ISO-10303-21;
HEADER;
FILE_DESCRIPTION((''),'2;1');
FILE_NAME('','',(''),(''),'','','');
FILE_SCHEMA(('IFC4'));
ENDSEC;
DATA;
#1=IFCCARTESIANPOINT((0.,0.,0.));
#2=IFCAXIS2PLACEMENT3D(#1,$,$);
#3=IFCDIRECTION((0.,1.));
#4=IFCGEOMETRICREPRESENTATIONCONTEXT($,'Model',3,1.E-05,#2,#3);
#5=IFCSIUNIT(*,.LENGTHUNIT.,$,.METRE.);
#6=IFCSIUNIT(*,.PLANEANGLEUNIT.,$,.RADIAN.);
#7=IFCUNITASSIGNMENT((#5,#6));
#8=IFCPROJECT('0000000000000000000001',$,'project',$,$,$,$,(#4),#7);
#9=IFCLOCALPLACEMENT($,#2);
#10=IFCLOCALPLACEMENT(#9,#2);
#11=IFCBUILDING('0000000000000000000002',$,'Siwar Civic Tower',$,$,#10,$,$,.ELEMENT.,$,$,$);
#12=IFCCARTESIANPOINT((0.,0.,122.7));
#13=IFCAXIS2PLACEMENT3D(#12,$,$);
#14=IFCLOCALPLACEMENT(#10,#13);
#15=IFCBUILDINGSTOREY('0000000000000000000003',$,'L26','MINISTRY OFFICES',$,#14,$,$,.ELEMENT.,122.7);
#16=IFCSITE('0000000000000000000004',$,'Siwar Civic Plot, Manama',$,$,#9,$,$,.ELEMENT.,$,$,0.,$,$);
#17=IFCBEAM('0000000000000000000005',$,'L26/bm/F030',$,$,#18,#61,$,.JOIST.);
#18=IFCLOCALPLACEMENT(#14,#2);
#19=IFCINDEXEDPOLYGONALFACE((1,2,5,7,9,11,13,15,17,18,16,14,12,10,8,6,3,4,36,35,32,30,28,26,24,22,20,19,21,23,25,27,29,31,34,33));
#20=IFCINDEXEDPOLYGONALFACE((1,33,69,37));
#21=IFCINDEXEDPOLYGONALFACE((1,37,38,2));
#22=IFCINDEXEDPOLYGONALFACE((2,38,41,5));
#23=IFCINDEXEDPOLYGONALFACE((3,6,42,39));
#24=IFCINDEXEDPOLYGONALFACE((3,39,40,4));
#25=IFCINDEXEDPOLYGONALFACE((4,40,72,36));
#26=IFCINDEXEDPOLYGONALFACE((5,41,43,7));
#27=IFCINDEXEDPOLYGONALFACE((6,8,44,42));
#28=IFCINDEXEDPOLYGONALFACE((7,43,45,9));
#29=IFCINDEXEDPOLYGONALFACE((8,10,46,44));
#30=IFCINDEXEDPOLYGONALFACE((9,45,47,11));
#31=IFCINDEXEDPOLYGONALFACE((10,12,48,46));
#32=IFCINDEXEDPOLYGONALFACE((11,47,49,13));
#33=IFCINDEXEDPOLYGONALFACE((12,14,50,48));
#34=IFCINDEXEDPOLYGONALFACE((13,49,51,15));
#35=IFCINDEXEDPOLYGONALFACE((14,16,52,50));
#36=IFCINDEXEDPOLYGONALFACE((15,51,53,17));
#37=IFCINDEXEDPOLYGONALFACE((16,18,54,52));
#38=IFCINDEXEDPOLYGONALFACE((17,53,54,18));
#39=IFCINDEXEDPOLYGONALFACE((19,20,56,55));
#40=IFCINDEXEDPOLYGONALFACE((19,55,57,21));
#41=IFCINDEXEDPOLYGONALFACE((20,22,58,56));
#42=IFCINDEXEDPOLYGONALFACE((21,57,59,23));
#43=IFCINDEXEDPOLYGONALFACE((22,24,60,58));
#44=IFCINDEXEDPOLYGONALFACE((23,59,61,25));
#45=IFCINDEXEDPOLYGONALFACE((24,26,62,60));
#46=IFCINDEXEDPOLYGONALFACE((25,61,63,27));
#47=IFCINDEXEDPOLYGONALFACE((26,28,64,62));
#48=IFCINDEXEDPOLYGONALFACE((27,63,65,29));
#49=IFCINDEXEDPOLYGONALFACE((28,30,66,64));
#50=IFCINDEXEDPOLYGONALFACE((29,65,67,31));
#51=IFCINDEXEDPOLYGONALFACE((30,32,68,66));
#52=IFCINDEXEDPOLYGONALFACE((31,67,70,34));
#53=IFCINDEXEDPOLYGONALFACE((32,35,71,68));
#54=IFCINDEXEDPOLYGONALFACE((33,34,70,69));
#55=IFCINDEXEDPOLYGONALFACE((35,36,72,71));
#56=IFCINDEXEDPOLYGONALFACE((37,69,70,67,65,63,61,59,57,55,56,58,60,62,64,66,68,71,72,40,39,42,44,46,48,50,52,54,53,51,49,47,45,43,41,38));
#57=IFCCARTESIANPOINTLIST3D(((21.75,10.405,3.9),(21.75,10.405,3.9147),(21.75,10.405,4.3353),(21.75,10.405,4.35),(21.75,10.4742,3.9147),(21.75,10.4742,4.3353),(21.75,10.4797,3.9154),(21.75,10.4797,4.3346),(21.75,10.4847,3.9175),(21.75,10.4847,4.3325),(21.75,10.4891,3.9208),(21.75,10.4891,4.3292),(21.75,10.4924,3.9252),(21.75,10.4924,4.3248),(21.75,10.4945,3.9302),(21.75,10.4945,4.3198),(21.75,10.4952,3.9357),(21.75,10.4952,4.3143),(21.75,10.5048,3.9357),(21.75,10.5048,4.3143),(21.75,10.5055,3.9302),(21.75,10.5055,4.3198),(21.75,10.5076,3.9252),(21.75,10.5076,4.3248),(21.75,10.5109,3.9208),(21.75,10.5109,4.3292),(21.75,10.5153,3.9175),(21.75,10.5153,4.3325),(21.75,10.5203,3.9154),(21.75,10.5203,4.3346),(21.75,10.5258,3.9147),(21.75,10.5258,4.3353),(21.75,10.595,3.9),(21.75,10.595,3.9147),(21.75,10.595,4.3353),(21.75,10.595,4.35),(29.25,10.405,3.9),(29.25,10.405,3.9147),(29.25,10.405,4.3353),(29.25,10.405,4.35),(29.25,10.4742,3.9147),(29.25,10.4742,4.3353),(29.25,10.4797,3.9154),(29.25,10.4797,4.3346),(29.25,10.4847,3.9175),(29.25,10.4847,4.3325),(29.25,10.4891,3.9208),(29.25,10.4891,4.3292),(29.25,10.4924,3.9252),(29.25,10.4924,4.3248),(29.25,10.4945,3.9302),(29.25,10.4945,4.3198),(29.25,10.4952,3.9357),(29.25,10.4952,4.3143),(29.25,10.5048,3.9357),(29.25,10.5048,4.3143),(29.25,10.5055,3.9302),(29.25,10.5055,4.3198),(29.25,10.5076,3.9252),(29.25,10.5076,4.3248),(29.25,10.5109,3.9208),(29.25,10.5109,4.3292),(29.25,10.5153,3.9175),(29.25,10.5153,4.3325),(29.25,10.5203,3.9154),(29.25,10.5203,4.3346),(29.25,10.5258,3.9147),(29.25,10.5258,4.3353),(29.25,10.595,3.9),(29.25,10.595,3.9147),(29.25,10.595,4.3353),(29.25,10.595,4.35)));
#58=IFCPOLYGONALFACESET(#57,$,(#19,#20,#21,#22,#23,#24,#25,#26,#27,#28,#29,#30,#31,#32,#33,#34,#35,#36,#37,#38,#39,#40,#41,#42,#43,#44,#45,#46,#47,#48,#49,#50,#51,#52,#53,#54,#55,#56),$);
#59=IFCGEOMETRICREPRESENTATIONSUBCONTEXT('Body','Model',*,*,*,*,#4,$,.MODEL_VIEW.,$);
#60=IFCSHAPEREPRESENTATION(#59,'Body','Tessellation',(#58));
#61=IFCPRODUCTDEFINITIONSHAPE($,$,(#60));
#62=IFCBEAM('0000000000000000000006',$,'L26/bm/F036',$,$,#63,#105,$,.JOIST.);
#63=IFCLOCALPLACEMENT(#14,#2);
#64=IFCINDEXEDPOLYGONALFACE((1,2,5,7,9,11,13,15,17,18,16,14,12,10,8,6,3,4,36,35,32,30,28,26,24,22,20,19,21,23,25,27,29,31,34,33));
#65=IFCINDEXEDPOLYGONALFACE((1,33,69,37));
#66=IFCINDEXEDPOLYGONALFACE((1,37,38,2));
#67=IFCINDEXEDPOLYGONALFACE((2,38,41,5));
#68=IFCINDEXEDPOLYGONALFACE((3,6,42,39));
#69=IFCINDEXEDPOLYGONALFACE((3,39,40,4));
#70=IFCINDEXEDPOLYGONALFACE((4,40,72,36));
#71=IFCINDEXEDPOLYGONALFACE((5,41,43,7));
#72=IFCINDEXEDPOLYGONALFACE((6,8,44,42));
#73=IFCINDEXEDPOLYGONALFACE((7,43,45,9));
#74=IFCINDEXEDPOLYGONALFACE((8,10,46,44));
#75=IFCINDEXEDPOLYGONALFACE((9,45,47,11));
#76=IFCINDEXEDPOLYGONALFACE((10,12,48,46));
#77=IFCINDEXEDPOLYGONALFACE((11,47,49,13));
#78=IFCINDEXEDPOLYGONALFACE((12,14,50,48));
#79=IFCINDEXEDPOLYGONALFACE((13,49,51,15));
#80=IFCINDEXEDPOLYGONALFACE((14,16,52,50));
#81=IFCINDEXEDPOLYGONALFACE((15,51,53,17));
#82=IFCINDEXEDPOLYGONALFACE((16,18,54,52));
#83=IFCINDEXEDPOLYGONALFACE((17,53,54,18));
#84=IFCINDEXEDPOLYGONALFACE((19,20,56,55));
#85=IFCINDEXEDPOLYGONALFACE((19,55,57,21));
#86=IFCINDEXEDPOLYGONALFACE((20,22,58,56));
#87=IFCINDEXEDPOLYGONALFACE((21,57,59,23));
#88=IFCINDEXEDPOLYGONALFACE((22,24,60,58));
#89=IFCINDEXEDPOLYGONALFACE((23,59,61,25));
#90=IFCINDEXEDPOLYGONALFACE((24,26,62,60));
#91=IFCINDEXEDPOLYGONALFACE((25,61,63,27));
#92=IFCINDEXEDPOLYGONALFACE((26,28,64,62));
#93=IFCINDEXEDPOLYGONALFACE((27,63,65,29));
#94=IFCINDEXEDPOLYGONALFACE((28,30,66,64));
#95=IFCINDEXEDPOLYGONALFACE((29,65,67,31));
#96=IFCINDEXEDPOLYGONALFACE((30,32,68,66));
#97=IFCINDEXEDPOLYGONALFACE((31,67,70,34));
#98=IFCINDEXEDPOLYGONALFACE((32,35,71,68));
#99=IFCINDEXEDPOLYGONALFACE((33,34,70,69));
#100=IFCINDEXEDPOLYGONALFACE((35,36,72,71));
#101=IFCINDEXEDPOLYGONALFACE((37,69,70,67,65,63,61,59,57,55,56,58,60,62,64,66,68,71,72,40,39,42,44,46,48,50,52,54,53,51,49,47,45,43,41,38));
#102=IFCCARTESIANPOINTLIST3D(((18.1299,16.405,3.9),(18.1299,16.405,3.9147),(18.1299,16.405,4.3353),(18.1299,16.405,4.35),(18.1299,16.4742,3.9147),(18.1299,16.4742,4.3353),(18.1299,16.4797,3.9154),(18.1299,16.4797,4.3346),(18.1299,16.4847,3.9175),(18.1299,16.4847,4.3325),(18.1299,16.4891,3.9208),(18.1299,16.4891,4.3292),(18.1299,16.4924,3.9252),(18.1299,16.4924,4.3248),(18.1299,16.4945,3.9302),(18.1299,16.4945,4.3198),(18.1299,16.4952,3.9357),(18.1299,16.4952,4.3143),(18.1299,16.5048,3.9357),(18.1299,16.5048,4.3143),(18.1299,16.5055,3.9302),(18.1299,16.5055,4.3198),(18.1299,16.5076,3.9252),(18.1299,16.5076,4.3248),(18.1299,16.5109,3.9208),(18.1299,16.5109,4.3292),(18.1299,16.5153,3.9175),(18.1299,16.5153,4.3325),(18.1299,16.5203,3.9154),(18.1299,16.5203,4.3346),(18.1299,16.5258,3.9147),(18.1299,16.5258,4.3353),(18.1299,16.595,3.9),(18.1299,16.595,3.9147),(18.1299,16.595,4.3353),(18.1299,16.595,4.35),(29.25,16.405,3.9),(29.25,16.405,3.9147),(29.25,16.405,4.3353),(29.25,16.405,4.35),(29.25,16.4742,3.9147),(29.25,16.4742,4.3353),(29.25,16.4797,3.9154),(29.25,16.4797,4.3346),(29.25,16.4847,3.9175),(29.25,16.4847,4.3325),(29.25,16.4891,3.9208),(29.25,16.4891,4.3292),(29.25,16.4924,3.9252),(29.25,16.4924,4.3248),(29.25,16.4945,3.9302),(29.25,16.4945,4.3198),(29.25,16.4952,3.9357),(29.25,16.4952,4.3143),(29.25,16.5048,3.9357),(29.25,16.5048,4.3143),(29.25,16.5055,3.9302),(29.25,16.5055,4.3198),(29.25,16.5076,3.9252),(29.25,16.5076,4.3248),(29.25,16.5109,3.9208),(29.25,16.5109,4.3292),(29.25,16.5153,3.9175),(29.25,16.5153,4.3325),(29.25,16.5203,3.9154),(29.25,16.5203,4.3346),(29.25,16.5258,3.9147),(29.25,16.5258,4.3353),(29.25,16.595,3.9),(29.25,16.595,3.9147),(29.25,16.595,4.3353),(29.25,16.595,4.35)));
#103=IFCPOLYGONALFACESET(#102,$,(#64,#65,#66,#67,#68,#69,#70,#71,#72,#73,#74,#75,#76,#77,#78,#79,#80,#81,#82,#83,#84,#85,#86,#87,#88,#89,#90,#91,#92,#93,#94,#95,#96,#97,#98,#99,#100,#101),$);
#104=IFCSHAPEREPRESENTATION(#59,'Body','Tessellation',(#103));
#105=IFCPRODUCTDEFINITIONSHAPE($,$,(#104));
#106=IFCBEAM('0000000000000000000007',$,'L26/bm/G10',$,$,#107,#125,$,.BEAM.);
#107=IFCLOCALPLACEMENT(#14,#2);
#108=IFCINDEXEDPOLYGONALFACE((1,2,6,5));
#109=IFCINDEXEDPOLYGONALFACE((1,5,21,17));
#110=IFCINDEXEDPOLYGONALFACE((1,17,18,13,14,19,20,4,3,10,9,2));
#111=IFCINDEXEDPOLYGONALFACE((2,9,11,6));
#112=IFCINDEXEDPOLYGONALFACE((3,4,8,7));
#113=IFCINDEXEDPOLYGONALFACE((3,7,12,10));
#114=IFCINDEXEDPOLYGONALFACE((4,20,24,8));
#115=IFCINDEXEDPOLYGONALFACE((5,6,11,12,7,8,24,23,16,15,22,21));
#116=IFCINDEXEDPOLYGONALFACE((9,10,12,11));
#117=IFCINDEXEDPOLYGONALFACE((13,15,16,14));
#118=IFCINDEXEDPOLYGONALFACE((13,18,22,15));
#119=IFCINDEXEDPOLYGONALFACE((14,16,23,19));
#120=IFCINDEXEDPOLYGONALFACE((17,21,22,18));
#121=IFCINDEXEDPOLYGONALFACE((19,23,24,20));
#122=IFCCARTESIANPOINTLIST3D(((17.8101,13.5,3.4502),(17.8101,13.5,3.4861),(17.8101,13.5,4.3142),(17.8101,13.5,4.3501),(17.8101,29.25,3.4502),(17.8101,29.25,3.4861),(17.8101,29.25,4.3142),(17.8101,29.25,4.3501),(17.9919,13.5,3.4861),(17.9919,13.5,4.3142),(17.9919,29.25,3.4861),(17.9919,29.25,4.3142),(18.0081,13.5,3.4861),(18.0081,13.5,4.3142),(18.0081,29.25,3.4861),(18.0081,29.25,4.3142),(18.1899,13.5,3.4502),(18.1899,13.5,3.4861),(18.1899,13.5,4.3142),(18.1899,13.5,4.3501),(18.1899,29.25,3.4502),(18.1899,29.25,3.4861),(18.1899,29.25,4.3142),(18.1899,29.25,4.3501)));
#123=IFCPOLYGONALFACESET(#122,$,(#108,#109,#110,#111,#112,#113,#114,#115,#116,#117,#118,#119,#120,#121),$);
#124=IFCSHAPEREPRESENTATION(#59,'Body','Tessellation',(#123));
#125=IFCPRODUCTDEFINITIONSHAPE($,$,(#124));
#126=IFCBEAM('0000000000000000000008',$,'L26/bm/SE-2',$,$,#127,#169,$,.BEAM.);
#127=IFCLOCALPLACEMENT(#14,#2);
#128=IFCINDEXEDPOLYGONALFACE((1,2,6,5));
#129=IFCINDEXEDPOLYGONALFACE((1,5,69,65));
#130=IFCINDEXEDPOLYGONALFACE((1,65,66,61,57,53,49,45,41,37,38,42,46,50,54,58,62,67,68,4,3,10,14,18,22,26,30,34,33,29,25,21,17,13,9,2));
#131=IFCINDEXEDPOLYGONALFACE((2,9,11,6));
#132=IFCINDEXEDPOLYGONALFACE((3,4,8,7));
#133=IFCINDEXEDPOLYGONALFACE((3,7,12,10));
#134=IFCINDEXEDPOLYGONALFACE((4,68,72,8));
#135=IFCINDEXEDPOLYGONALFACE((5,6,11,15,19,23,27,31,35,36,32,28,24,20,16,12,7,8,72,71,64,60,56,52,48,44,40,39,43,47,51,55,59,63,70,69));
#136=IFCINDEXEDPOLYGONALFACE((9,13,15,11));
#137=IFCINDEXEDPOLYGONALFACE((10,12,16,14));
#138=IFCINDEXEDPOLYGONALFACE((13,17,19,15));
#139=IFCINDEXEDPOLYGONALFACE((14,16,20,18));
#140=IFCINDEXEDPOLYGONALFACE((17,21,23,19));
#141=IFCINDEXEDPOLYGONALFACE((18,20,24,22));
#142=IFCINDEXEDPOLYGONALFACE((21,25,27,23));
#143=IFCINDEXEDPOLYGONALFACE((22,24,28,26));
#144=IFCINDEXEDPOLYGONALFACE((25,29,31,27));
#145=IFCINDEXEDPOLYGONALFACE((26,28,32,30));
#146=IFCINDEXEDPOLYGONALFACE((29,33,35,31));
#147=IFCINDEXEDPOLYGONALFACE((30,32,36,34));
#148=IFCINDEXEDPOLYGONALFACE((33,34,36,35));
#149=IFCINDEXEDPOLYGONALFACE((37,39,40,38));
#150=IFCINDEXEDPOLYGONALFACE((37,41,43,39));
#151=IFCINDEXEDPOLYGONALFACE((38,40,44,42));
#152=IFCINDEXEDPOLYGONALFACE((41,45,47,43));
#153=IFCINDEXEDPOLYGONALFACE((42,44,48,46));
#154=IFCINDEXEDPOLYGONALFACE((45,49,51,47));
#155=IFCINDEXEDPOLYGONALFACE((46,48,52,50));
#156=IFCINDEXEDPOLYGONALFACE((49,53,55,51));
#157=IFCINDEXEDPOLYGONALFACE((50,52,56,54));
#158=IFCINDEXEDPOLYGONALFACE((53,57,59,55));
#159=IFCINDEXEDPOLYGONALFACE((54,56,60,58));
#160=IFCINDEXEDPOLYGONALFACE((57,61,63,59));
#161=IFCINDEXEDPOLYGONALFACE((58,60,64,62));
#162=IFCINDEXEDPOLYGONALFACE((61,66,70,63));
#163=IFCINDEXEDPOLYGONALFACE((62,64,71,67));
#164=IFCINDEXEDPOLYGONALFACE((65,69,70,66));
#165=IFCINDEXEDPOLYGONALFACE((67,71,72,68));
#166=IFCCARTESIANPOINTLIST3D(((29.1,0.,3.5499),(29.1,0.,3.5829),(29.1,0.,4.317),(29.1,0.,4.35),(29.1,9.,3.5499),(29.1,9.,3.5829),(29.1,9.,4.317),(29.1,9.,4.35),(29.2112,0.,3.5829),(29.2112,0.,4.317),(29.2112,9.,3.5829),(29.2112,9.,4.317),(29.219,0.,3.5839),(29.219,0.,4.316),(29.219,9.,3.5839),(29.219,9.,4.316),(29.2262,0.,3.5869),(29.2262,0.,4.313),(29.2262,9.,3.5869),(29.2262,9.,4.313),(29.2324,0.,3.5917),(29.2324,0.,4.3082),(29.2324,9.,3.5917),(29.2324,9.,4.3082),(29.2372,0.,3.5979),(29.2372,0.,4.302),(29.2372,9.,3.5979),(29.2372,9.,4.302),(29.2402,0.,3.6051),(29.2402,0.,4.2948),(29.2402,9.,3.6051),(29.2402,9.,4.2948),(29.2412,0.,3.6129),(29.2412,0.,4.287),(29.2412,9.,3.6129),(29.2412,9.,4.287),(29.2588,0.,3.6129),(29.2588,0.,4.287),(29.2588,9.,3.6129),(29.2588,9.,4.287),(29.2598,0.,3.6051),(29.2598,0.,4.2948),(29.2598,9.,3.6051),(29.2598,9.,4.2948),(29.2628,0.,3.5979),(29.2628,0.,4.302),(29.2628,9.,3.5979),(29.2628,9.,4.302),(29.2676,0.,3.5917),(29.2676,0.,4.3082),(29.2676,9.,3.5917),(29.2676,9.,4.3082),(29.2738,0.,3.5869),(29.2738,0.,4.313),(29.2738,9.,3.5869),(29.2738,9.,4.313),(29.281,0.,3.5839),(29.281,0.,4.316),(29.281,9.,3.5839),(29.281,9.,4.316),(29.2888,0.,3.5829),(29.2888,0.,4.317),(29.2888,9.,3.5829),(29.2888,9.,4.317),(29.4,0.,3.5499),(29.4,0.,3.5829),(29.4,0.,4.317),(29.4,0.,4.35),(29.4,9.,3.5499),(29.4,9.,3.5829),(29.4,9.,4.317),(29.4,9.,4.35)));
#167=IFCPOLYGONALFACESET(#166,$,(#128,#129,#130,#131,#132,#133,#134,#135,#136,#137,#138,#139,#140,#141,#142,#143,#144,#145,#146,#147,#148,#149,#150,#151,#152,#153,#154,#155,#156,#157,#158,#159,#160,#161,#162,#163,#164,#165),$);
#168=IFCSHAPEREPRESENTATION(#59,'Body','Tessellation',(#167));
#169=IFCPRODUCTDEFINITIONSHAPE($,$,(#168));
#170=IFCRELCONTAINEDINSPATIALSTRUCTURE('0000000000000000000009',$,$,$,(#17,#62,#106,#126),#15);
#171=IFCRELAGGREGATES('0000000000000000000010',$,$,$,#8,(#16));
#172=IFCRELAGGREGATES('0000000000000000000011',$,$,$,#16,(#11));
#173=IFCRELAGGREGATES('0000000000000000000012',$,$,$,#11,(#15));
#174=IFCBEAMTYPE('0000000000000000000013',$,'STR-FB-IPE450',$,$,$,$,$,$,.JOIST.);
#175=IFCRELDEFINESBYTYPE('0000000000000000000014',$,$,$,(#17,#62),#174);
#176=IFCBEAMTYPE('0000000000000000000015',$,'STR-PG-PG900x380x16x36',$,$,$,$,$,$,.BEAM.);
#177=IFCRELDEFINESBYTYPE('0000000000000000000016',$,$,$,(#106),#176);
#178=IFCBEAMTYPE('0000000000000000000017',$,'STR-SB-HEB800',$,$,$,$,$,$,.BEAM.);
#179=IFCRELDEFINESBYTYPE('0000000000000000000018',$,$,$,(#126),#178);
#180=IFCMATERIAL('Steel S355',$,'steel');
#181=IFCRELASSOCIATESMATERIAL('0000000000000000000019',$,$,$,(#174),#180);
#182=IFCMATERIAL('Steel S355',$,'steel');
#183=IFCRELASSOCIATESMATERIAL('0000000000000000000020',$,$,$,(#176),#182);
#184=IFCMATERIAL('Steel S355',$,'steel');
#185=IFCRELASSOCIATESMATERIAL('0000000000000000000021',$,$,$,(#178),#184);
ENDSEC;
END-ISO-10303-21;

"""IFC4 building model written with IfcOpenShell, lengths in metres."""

from ifc_helpers import new_model, si_unit, direction, frame, origin, origin_2d, place, context, subcontext, project, spatial, i_section, extrude, material, material_profile, profile_set, type_object, element, save


model = new_model("IFC4")

# Units and contexts
model_context = context("Model", 3, precision=1e-05, world=origin(), true_north=direction((0.0, 1.0)))
body_context = subcontext(model_context, "Body", "Model", "MODEL_VIEW")
ifc_project = project(units=[si_unit("LENGTHUNIT", "METRE"), si_unit("PLANEANGLEUNIT", "RADIAN")], contexts=[model_context])

# Site, building, storey
site_placement = place(None, origin())
site = spatial("IfcSite", under=ifc_project, at=site_placement, Name="Siwar Civic Plot, Manama", CompositionType="ELEMENT", RefElevation=0.0)
building_placement = place(site_placement, origin())
building = spatial("IfcBuilding", under=site, at=building_placement, Name="Siwar Civic Tower", CompositionType="ELEMENT")
storey_placement = place(building_placement, frame((0.0, 0.0, 122.7)))
storey = spatial("IfcBuildingStorey", under=building, at=storey_placement, Name="L26", Description="MINISTRY OFFICES", CompositionType="ELEMENT", Elevation=122.7)

# Beams
ifc_material_1 = material(Name="Steel S355", Category="steel")
ifc_material_profile_1 = material_profile(ifc_material_1, i_section(OverallWidth=0.1899, OverallDepth=0.45, WebThickness=0.0095, FlangeThickness=0.0146, FilletRadius=0.021, at=origin_2d()), Name="IPE450")
ifc_profile_set_1 = profile_set([ifc_material_profile_1], Name="Steel S355")
beam_type_1 = type_object("IfcBeamType", Name="STR-FB-IPE450", PredefinedType="JOIST", material=ifc_profile_set_1)
for number, where, z_axis, x_axis, name in (
    (1, (21.75, 10.5, 4.125), (1.0, 0.0, 0.0), (0.0, 1.0, 0.0), "L26/bm/F030"),
):
    element("IfcBeam", number, at=place(storey_placement, frame(where, z_axis=z_axis, x_axis=x_axis)), inside=storey, type_object=beam_type_1, Name=name, PredefinedType="JOIST", context=body_context, shape_type="SweptSolid", body=[
        extrude(i_section(OverallWidth=0.1899, OverallDepth=0.45, WebThickness=0.0095, FlangeThickness=0.0146, FilletRadius=0.021, at=origin_2d()), origin(), (0.0, 0.0, 1.0), 7.5),
    ])
beam_1_placement = place(storey_placement, frame((18.1299, 16.5, 4.125), z_axis=(1.0, 0.0, 0.0), x_axis=(0.0, 1.0, 0.0)))
element("IfcBeam", 2, at=beam_1_placement, inside=storey, type_object=beam_type_1, Name="L26/bm/F036", PredefinedType="JOIST", context=body_context, shape_type="SweptSolid", body=[
    extrude(i_section(OverallWidth=0.1899, OverallDepth=0.45, WebThickness=0.0095, FlangeThickness=0.0146, FilletRadius=0.021, at=origin_2d()), origin(), (0.0, 0.0, 1.0), 11.1201),
])
ifc_material_2 = material(Name="Steel S355", Category="steel")
ifc_material_profile_2 = material_profile(ifc_material_2, i_section(OverallWidth=0.3799, OverallDepth=0.8999, WebThickness=0.0161, FlangeThickness=0.0359, at=origin_2d()), Name="PG900x380x16x36")
ifc_profile_set_2 = profile_set([ifc_material_profile_2], Name="Steel S355")
beam_type_2 = type_object("IfcBeamType", Name="STR-PG-PG900x380x16x36", PredefinedType="BEAM", material=ifc_profile_set_2)
beam_2_placement = place(storey_placement, frame((18.0, 13.5, 3.9001), z_axis=(0.0, 1.0, 0.0), x_axis=(-1.0, 0.0, 0.0)))
element("IfcBeam", 3, at=beam_2_placement, inside=storey, type_object=beam_type_2, Name="L26/bm/G10", PredefinedType="BEAM", context=body_context, shape_type="SweptSolid", body=[
    extrude(i_section(OverallWidth=0.3799, OverallDepth=0.8999, WebThickness=0.0161, FlangeThickness=0.0359, at=origin_2d()), origin(), (0.0, 0.0, 1.0), 15.75),
])
ifc_material_3 = material(Name="Steel S355", Category="steel")
ifc_material_profile_3 = material_profile(ifc_material_3, i_section(OverallWidth=0.3, OverallDepth=0.8, WebThickness=0.0176, FlangeThickness=0.033, FilletRadius=0.03, at=origin_2d()), Name="HEB800")
ifc_profile_set_3 = profile_set([ifc_material_profile_3], Name="Steel S355")
beam_type_3 = type_object("IfcBeamType", Name="STR-SB-HEB800", PredefinedType="BEAM", material=ifc_profile_set_3)
for number, where, z_axis, x_axis, name in (
    (4, (29.25, 0.0, 3.95), (0.0, 1.0, 0.0), (-1.0, 0.0, 0.0), "L26/bm/SE-2"),
):
    element("IfcBeam", number, at=place(storey_placement, frame(where, z_axis=z_axis, x_axis=x_axis)), inside=storey, type_object=beam_type_3, Name=name, PredefinedType="BEAM", context=body_context, shape_type="SweptSolid", body=[
        extrude(i_section(OverallWidth=0.3, OverallDepth=0.8, WebThickness=0.0176, FlangeThickness=0.033, FilletRadius=0.03, at=origin_2d()), origin(), (0.0, 0.0, 1.0), 9.0),
    ])

save(model, "model.ifc")
